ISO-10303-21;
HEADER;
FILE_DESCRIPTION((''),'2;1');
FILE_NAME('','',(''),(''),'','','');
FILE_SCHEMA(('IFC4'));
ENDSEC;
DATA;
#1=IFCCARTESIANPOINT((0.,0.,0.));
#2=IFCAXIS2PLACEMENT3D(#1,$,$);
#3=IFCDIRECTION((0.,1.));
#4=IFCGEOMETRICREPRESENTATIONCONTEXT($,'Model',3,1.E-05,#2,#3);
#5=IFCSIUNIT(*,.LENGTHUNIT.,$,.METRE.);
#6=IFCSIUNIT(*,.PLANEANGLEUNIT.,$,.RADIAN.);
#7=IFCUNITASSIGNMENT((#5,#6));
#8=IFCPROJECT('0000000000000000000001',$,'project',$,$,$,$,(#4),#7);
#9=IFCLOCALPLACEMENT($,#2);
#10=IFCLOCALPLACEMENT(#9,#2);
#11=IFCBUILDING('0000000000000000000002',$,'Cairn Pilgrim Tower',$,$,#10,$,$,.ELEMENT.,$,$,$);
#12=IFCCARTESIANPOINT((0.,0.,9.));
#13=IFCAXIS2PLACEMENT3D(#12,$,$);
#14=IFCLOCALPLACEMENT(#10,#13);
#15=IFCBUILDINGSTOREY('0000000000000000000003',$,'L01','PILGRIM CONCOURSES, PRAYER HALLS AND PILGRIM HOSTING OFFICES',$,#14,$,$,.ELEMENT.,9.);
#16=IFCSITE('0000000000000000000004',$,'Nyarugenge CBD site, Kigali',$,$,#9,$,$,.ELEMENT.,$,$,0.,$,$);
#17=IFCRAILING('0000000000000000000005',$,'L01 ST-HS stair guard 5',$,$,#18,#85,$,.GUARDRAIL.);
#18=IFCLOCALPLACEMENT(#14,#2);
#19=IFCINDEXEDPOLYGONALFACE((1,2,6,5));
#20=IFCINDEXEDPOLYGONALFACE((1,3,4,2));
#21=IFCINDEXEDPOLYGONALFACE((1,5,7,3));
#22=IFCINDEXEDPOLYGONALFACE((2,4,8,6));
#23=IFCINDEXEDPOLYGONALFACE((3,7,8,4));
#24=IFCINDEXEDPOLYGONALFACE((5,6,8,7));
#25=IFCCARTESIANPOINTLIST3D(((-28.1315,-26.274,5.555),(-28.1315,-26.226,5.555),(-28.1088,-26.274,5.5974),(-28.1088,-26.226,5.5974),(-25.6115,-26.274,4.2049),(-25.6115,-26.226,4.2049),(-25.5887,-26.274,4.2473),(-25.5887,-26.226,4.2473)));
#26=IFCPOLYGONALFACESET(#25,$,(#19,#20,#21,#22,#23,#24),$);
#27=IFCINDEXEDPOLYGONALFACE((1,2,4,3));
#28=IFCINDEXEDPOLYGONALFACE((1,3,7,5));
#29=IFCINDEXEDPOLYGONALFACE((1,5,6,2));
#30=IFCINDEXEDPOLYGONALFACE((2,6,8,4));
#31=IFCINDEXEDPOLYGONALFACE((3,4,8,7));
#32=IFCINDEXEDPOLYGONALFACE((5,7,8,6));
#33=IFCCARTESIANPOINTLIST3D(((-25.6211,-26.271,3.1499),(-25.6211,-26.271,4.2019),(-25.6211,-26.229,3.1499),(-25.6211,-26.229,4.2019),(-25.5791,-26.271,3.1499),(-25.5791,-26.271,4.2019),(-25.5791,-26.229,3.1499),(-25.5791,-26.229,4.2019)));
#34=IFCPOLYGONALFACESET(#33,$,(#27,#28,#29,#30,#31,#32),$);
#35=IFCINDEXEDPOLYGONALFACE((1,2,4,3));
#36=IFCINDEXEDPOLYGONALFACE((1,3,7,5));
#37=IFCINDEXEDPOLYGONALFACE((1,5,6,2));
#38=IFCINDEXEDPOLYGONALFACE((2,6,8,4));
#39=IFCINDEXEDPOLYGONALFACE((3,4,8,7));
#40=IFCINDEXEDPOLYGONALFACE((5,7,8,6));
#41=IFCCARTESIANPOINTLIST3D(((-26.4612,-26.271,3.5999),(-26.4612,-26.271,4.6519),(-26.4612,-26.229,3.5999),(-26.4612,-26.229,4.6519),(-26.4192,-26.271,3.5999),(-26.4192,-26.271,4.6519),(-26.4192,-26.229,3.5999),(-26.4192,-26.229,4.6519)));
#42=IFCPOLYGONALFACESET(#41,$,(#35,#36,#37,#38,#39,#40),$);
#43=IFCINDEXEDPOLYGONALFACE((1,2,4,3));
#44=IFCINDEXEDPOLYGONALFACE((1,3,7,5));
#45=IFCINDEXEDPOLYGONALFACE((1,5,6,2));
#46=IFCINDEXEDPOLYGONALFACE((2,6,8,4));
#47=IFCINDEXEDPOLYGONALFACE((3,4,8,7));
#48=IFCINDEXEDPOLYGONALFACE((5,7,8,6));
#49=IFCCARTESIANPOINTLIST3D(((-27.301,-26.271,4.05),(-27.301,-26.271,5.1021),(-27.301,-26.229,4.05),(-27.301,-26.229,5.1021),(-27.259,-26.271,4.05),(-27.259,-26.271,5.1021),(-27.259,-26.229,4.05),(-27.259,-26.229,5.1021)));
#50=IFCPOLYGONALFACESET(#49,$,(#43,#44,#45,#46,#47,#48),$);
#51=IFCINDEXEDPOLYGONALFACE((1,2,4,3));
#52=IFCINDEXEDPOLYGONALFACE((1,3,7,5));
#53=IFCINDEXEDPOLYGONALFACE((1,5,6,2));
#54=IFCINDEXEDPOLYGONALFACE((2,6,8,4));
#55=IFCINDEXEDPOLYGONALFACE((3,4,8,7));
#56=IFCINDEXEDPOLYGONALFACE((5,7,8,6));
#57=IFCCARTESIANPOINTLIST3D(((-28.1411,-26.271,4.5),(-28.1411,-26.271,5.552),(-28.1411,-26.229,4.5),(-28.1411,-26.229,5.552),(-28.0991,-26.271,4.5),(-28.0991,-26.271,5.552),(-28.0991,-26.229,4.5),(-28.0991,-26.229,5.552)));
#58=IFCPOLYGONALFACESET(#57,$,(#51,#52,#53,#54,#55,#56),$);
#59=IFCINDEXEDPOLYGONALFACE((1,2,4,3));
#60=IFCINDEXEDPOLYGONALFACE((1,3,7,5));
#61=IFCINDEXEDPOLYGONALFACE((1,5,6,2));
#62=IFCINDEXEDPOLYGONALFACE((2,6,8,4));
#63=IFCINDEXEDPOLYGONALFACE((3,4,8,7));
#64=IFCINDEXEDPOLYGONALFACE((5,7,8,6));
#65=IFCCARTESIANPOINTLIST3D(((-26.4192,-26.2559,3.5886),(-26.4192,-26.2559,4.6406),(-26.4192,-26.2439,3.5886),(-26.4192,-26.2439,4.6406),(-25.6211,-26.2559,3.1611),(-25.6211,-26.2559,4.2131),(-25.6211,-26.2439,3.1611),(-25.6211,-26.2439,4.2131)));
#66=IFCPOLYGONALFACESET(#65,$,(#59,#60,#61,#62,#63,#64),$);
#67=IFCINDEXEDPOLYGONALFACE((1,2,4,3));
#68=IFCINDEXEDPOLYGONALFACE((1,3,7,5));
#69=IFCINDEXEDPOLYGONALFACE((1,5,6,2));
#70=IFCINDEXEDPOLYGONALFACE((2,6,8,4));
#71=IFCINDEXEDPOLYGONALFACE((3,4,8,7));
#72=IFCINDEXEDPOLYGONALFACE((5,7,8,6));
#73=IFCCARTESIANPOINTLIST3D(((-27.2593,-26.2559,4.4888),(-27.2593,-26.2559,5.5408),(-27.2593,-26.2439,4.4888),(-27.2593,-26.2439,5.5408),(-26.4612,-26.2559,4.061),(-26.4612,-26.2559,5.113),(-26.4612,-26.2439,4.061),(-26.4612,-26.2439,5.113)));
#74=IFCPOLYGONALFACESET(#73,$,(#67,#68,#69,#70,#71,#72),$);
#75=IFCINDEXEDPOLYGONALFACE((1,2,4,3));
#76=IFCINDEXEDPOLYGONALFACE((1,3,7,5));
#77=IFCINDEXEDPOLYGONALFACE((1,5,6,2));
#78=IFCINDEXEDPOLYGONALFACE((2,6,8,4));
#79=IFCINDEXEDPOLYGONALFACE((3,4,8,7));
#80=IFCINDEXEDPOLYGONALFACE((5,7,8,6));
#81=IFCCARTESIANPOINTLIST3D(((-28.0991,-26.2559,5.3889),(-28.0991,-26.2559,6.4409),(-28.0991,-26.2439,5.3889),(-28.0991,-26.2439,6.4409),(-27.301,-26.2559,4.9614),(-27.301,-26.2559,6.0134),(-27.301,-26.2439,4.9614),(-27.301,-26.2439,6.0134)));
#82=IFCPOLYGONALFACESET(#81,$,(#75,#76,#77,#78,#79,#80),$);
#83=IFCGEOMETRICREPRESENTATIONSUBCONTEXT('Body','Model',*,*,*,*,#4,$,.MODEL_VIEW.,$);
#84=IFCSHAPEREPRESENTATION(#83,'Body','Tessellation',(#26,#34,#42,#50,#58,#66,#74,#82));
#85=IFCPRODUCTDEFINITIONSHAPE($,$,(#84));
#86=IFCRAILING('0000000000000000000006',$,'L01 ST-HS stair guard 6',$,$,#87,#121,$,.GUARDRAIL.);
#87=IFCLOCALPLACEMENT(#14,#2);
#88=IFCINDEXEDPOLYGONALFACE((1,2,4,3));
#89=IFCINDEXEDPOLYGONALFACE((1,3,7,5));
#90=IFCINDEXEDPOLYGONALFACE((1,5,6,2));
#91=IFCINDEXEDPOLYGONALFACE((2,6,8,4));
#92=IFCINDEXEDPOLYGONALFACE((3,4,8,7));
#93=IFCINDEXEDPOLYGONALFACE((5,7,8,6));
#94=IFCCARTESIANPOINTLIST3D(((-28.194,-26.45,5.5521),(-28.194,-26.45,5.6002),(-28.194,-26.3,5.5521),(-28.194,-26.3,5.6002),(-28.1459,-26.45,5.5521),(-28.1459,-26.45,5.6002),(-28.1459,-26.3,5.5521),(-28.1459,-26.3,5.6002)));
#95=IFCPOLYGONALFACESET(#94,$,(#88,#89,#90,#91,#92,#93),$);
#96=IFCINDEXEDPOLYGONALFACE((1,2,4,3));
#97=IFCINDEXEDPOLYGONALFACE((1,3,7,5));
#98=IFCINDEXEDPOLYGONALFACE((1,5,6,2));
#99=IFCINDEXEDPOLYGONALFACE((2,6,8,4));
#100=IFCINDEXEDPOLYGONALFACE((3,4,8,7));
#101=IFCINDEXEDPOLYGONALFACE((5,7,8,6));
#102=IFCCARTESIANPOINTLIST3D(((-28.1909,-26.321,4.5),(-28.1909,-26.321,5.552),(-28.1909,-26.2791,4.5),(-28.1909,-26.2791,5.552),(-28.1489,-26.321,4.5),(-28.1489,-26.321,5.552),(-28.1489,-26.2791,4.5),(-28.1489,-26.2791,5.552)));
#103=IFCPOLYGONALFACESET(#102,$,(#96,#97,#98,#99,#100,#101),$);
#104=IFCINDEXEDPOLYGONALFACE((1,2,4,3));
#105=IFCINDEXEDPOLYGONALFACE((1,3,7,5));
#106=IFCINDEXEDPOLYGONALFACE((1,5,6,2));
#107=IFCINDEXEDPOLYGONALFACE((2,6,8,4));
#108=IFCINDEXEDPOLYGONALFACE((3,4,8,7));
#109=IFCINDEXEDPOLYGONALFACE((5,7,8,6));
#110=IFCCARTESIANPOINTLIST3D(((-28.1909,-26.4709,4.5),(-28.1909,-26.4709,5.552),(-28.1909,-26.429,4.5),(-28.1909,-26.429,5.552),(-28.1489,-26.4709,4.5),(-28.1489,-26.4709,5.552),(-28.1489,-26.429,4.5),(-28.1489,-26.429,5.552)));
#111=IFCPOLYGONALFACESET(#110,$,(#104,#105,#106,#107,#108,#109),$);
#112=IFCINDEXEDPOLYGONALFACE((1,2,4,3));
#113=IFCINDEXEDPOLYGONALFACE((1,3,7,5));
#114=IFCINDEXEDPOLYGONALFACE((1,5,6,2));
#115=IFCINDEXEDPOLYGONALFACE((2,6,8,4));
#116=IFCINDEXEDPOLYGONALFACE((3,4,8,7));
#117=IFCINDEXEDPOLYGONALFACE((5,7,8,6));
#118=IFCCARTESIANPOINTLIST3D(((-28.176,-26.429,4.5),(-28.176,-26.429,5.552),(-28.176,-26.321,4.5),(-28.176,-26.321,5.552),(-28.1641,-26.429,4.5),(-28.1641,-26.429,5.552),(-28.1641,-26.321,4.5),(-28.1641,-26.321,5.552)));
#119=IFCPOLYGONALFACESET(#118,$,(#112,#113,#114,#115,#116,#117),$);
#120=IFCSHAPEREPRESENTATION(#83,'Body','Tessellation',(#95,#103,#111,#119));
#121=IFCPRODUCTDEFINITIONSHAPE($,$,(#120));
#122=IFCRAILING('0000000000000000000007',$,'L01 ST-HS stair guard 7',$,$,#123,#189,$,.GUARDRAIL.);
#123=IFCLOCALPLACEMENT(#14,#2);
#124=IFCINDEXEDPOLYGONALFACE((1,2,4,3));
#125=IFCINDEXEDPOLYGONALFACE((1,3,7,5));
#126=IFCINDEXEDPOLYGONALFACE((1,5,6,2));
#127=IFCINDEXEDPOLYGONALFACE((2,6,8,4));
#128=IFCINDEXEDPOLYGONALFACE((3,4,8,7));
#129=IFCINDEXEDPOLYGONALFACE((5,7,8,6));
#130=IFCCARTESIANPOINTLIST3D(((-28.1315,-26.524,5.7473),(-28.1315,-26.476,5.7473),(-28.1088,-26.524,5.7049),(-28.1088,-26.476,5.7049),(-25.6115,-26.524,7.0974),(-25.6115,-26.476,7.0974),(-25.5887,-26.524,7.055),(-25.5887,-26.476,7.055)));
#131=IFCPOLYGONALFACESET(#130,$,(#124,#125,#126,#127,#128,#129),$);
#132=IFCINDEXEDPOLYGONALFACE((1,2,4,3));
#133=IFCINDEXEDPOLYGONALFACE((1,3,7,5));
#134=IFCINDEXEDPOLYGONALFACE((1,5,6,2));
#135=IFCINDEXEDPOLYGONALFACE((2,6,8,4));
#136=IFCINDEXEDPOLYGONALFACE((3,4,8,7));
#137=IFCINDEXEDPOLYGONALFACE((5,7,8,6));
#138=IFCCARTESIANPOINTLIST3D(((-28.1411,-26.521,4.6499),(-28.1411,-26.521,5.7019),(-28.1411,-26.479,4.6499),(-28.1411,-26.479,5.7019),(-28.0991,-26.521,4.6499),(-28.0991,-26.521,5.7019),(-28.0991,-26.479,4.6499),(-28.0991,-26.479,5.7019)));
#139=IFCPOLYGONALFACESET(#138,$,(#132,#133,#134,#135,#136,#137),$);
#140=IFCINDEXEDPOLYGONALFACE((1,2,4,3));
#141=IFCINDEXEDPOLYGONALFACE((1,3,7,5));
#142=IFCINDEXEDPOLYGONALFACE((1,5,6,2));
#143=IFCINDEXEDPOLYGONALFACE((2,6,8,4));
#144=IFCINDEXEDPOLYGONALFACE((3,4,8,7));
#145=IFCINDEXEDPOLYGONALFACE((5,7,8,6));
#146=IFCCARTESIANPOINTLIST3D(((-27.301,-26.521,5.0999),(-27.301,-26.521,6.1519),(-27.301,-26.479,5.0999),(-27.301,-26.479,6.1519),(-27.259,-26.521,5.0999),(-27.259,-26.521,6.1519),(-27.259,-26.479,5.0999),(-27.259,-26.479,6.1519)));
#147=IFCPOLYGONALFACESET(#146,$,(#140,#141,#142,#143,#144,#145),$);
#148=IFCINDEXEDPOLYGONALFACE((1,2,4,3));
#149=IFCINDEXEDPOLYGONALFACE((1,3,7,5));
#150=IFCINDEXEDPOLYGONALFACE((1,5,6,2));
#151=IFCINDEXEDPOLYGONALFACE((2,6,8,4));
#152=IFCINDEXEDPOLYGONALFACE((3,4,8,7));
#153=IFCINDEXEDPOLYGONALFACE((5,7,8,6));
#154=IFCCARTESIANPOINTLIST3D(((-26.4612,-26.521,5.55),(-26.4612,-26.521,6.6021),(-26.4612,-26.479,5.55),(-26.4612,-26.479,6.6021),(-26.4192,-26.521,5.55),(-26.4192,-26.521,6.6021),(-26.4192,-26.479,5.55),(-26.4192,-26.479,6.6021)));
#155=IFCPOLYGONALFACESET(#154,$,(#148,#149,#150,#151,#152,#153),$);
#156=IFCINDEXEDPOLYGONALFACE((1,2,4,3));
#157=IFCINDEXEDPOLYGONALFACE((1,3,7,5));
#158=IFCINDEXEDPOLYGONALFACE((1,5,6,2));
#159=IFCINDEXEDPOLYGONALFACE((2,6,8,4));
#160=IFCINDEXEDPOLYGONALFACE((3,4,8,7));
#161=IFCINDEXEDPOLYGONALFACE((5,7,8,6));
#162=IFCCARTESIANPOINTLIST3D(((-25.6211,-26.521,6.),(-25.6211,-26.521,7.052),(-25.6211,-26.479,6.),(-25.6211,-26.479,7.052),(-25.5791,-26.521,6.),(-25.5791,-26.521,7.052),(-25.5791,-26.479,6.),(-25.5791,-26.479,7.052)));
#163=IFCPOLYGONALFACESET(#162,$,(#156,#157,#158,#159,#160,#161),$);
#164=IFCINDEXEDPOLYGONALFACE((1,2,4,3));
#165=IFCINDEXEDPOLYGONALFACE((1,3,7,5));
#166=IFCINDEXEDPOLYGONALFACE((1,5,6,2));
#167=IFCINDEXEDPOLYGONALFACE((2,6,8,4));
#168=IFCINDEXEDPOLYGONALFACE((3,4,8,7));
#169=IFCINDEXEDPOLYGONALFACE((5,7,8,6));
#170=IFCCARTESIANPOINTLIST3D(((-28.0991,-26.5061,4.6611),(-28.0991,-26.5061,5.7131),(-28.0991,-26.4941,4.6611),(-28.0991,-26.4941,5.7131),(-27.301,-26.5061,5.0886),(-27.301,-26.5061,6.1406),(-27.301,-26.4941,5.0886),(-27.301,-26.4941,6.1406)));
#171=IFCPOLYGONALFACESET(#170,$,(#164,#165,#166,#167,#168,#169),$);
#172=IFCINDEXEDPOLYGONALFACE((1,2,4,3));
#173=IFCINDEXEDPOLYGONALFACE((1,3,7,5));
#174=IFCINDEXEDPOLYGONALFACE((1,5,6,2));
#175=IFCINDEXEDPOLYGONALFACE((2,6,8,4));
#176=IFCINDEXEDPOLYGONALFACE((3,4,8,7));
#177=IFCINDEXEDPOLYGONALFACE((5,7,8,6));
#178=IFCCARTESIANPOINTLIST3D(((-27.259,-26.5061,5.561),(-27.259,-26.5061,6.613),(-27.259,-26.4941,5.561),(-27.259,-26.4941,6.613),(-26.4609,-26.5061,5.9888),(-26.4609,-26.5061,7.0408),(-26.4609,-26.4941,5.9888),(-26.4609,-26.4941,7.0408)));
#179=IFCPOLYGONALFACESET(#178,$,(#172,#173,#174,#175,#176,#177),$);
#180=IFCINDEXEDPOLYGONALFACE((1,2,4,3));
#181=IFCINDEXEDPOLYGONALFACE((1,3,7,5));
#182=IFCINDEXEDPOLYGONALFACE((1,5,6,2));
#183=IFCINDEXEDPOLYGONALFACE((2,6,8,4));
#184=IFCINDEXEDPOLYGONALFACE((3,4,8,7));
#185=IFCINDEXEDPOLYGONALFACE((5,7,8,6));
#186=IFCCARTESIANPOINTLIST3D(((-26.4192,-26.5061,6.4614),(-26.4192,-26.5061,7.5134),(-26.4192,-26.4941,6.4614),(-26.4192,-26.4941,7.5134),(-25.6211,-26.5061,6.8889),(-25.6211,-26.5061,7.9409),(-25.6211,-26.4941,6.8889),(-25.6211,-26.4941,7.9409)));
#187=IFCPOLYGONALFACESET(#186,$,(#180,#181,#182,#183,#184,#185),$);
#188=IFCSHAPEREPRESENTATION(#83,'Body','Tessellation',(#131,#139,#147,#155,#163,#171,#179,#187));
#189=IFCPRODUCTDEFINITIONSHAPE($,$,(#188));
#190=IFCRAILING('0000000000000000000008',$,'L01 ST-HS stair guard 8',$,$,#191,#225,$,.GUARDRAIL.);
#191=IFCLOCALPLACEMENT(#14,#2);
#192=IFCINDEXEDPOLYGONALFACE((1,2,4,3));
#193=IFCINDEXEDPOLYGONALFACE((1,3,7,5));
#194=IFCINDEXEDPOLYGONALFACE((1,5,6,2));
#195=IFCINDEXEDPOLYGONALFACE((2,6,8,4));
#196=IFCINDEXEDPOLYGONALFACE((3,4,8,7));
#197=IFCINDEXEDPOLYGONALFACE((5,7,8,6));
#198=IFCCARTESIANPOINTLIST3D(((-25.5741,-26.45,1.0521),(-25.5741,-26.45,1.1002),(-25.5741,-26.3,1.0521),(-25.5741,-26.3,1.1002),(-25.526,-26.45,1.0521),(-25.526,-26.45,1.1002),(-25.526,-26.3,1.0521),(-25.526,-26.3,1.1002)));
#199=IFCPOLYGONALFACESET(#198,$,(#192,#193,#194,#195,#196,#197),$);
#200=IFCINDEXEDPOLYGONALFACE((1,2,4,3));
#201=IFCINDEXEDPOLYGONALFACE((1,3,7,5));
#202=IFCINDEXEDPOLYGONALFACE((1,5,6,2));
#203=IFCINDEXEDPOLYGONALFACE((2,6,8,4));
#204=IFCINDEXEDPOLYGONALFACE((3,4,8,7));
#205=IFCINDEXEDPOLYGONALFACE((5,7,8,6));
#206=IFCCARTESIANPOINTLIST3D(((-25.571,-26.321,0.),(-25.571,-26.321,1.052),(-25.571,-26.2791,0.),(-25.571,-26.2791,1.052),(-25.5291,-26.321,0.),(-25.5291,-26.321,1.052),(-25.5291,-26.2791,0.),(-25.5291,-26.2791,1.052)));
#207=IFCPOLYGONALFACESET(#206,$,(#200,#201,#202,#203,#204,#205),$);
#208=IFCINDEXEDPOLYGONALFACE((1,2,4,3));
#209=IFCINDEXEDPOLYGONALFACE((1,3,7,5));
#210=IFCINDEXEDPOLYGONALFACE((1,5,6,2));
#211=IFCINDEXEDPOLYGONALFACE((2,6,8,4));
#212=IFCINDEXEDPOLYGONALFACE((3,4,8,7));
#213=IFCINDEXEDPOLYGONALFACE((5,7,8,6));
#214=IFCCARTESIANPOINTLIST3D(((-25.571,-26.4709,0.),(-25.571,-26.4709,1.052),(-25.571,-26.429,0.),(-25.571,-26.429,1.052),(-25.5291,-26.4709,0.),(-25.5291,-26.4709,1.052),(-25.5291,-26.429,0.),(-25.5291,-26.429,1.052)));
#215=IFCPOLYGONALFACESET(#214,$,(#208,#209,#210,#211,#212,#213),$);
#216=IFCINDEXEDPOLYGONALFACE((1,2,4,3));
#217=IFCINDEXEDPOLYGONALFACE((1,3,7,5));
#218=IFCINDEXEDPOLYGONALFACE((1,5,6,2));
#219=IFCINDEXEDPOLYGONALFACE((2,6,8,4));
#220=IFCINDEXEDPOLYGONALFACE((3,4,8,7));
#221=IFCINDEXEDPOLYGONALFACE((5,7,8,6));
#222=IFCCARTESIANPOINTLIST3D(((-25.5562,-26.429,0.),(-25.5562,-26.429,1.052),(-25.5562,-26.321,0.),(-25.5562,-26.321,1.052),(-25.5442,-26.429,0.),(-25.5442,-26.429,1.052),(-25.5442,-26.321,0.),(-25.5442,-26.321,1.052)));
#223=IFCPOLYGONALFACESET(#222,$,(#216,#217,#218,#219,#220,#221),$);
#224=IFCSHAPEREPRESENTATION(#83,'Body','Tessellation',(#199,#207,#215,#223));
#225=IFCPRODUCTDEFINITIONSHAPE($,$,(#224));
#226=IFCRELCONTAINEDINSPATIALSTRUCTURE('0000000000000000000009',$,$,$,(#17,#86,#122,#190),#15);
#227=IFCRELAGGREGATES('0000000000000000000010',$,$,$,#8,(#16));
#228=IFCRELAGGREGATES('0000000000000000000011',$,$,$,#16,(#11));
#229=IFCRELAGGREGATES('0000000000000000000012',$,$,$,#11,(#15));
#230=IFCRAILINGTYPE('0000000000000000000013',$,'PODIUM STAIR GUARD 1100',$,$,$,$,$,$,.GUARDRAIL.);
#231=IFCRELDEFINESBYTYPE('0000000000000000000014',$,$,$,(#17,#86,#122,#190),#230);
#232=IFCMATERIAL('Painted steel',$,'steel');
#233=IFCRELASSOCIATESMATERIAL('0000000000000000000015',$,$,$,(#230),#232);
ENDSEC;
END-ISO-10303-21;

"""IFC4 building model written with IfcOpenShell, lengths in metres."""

from ifc_helpers import new_model, si_unit, direction, frame, origin, origin_2d, place, context, subcontext, project, spatial, polyline, rectangle, outline, extrude, material, type_object, element, save


model = new_model("IFC4")

# Units and contexts
model_context = context("Model", 3, precision=1e-05, world=origin(), true_north=direction((0.0, 1.0)))
body_context = subcontext(model_context, "Body", "Model", "MODEL_VIEW")
ifc_project = project(units=[si_unit("LENGTHUNIT", "METRE"), si_unit("PLANEANGLEUNIT", "RADIAN")], contexts=[model_context])

# Site, building, storey
site_placement = place(None, origin())
site = spatial("IfcSite", under=ifc_project, at=site_placement, Name="Nyarugenge CBD site, Kigali", CompositionType="ELEMENT", RefElevation=0.0)
building_placement = place(site_placement, origin())
building = spatial("IfcBuilding", under=site, at=building_placement, Name="Cairn Pilgrim Tower", CompositionType="ELEMENT")
storey_placement = place(building_placement, frame((0.0, 0.0, 9.0)))
storey = spatial("IfcBuildingStorey", under=building, at=storey_placement, Name="L01", Description="PILGRIM CONCOURSES, PRAYER HALLS AND PILGRIM HOSTING OFFICES", CompositionType="ELEMENT", Elevation=9.0)

# Railings
ifc_material_1 = material(Name="Painted steel", Category="steel")
railing_type_1 = type_object("IfcRailingType", Name="PODIUM STAIR GUARD 1100", PredefinedType="GUARDRAIL", material=ifc_material_1)
railing_1_placement = place(storey_placement, frame((-25.6001, -26.25, 3.1499)))
element("IfcRailing", 1, at=railing_1_placement, inside=storey, type_object=railing_type_1, Name="L01 ST-HS stair guard 5", PredefinedType="GUARDRAIL", context=body_context, shape_type="SweptSolid", body=[
    extrude(rectangle(XDim=0.0481, YDim=0.0481, at=origin_2d()), frame((0.0, 0.0, 1.0762), z_axis=(-0.881467, 0.0, 0.472245), x_axis=(0.0, -1.0, 0.0)), (0.0, 0.0, 1.0), 2.8589),
    extrude(rectangle(XDim=0.042, YDim=0.042, at=origin_2d()), origin(), (0.0, 0.0, 1.0), 1.052),
    extrude(rectangle(XDim=0.042, YDim=0.042, at=origin_2d()), frame((-0.8401, 0.0, 0.45)), (0.0, 0.0, 1.0), 1.052),
    extrude(rectangle(XDim=0.042, YDim=0.042, at=origin_2d()), frame((-1.6799, 0.0, 0.9001)), (0.0, 0.0, 1.0), 1.052),
    extrude(rectangle(XDim=0.042, YDim=0.042, at=origin_2d()), frame((-2.52, 0.0, 1.3501)), (0.0, 0.0, 1.0), 1.052),
    extrude(outline(polyline([(0.021, 0.0112), (0.8191, 0.4387), (0.8191, 1.4907), (0.021, 1.0632), (0.021, 0.0112)])), frame((0.0, -0.0059, 0.0), z_axis=(0.0, 1.0, 0.0), x_axis=(-1.0, 0.0, 0.0)), (0.0, 0.0, 1.0), 0.012),
    extrude(outline(polyline([(0.021, 0.4612), (0.8191, 0.8889), (0.8191, 1.9409), (0.021, 1.5132), (0.021, 0.4612)])), frame((-0.8401, -0.0059, 0.45), z_axis=(0.0, 1.0, 0.0), x_axis=(-1.0, 0.0, 0.0)), (0.0, 0.0, 1.0), 0.012),
    extrude(outline(polyline([(0.021, 0.9114), (0.8191, 1.3389), (0.8191, 2.3909), (0.021, 1.9634), (0.021, 0.9114)])), frame((-1.6799, -0.0059, 0.9001), z_axis=(0.0, 1.0, 0.0), x_axis=(-1.0, 0.0, 0.0)), (0.0, 0.0, 1.0), 0.012),
])
railing_2_placement = place(storey_placement, frame((-28.1699, -26.3, 4.5)))
element("IfcRailing", 2, at=railing_2_placement, inside=storey, type_object=railing_type_1, Name="L01 ST-HS stair guard 6", PredefinedType="GUARDRAIL", context=body_context, shape_type="SweptSolid", body=[
    extrude(rectangle(XDim=0.0481, YDim=0.0481, at=origin_2d()), frame((0.0, 0.0, 1.0762), z_axis=(0.0, -1.0, 0.0), x_axis=(1.0, 0.0, 0.0)), (0.0, 0.0, 1.0), 0.1499),
    extrude(rectangle(XDim=0.042, YDim=0.042, at=origin_2d()), origin(), (0.0, 0.0, 1.0), 1.052),
    extrude(rectangle(XDim=0.042, YDim=0.042, at=origin_2d()), frame((0.0, -0.1499, 0.0)), (0.0, 0.0, 1.0), 1.052),
    extrude(outline(polyline([(0.021, 0.0), (0.1289, 0.0), (0.1289, 1.052), (0.021, 1.052), (0.021, 0.0)])), frame((0.0059, 0.0, 0.0), z_axis=(-1.0, 0.0, 0.0), x_axis=(0.0, -1.0, 0.0)), (0.0, 0.0, 1.0), 0.012),
])
railing_3_placement = place(storey_placement, frame((-28.1201, -26.5, 4.6499)))
element("IfcRailing", 3, at=railing_3_placement, inside=storey, type_object=railing_type_1, Name="L01 ST-HS stair guard 7", PredefinedType="GUARDRAIL", context=body_context, shape_type="SweptSolid", body=[
    extrude(rectangle(XDim=0.0481, YDim=0.0481, at=origin_2d()), frame((0.0, 0.0, 1.0762), z_axis=(0.881467, 0.0, 0.472245), x_axis=(0.0, 1.0, 0.0)), (0.0, 0.0, 1.0), 2.8589),
    extrude(rectangle(XDim=0.042, YDim=0.042, at=origin_2d()), origin(), (0.0, 0.0, 1.0), 1.052),
    extrude(rectangle(XDim=0.042, YDim=0.042, at=origin_2d()), frame((0.8401, 0.0, 0.45)), (0.0, 0.0, 1.0), 1.052),
    extrude(rectangle(XDim=0.042, YDim=0.042, at=origin_2d()), frame((1.6799, 0.0, 0.9001)), (0.0, 0.0, 1.0), 1.052),
    extrude(rectangle(XDim=0.042, YDim=0.042, at=origin_2d()), frame((2.52, 0.0, 1.3501)), (0.0, 0.0, 1.0), 1.052),
    extrude(outline(polyline([(0.021, 0.0112), (0.8191, 0.4387), (0.8191, 1.4907), (0.021, 1.0632), (0.021, 0.0112)])), frame((0.0, 0.0059, 0.0), z_axis=(0.0, -1.0, 0.0), x_axis=(1.0, 0.0, 0.0)), (0.0, 0.0, 1.0), 0.012),
    extrude(outline(polyline([(0.021, 0.4612), (0.8191, 0.8889), (0.8191, 1.9409), (0.021, 1.5132), (0.021, 0.4612)])), frame((0.8401, 0.0059, 0.45), z_axis=(0.0, -1.0, 0.0), x_axis=(1.0, 0.0, 0.0)), (0.0, 0.0, 1.0), 0.012),
    extrude(outline(polyline([(0.021, 0.9114), (0.8191, 1.3389), (0.8191, 2.3909), (0.021, 1.9634), (0.021, 0.9114)])), frame((1.6799, 0.0059, 0.9001), z_axis=(0.0, -1.0, 0.0), x_axis=(1.0, 0.0, 0.0)), (0.0, 0.0, 1.0), 0.012),
])
railing_4_placement = place(storey_placement, frame((-25.55, -26.3, 0.0)))
element("IfcRailing", 4, at=railing_4_placement, inside=storey, type_object=railing_type_1, Name="L01 ST-HS stair guard 8", PredefinedType="GUARDRAIL", context=body_context, shape_type="SweptSolid", body=[
    extrude(rectangle(XDim=0.0481, YDim=0.0481, at=origin_2d()), frame((0.0, 0.0, 1.0762), z_axis=(0.0, -1.0, 0.0), x_axis=(1.0, 0.0, 0.0)), (0.0, 0.0, 1.0), 0.1499),
    extrude(rectangle(XDim=0.042, YDim=0.042, at=origin_2d()), origin(), (0.0, 0.0, 1.0), 1.052),
    extrude(rectangle(XDim=0.042, YDim=0.042, at=origin_2d()), frame((0.0, -0.1499, 0.0)), (0.0, 0.0, 1.0), 1.052),
    extrude(outline(polyline([(0.021, 0.0), (0.1289, 0.0), (0.1289, 1.052), (0.021, 1.052), (0.021, 0.0)])), frame((0.0059, 0.0, 0.0), z_axis=(-1.0, 0.0, 0.0), x_axis=(0.0, -1.0, 0.0)), (0.0, 0.0, 1.0), 0.012),
])

save(model, "model.ifc")
